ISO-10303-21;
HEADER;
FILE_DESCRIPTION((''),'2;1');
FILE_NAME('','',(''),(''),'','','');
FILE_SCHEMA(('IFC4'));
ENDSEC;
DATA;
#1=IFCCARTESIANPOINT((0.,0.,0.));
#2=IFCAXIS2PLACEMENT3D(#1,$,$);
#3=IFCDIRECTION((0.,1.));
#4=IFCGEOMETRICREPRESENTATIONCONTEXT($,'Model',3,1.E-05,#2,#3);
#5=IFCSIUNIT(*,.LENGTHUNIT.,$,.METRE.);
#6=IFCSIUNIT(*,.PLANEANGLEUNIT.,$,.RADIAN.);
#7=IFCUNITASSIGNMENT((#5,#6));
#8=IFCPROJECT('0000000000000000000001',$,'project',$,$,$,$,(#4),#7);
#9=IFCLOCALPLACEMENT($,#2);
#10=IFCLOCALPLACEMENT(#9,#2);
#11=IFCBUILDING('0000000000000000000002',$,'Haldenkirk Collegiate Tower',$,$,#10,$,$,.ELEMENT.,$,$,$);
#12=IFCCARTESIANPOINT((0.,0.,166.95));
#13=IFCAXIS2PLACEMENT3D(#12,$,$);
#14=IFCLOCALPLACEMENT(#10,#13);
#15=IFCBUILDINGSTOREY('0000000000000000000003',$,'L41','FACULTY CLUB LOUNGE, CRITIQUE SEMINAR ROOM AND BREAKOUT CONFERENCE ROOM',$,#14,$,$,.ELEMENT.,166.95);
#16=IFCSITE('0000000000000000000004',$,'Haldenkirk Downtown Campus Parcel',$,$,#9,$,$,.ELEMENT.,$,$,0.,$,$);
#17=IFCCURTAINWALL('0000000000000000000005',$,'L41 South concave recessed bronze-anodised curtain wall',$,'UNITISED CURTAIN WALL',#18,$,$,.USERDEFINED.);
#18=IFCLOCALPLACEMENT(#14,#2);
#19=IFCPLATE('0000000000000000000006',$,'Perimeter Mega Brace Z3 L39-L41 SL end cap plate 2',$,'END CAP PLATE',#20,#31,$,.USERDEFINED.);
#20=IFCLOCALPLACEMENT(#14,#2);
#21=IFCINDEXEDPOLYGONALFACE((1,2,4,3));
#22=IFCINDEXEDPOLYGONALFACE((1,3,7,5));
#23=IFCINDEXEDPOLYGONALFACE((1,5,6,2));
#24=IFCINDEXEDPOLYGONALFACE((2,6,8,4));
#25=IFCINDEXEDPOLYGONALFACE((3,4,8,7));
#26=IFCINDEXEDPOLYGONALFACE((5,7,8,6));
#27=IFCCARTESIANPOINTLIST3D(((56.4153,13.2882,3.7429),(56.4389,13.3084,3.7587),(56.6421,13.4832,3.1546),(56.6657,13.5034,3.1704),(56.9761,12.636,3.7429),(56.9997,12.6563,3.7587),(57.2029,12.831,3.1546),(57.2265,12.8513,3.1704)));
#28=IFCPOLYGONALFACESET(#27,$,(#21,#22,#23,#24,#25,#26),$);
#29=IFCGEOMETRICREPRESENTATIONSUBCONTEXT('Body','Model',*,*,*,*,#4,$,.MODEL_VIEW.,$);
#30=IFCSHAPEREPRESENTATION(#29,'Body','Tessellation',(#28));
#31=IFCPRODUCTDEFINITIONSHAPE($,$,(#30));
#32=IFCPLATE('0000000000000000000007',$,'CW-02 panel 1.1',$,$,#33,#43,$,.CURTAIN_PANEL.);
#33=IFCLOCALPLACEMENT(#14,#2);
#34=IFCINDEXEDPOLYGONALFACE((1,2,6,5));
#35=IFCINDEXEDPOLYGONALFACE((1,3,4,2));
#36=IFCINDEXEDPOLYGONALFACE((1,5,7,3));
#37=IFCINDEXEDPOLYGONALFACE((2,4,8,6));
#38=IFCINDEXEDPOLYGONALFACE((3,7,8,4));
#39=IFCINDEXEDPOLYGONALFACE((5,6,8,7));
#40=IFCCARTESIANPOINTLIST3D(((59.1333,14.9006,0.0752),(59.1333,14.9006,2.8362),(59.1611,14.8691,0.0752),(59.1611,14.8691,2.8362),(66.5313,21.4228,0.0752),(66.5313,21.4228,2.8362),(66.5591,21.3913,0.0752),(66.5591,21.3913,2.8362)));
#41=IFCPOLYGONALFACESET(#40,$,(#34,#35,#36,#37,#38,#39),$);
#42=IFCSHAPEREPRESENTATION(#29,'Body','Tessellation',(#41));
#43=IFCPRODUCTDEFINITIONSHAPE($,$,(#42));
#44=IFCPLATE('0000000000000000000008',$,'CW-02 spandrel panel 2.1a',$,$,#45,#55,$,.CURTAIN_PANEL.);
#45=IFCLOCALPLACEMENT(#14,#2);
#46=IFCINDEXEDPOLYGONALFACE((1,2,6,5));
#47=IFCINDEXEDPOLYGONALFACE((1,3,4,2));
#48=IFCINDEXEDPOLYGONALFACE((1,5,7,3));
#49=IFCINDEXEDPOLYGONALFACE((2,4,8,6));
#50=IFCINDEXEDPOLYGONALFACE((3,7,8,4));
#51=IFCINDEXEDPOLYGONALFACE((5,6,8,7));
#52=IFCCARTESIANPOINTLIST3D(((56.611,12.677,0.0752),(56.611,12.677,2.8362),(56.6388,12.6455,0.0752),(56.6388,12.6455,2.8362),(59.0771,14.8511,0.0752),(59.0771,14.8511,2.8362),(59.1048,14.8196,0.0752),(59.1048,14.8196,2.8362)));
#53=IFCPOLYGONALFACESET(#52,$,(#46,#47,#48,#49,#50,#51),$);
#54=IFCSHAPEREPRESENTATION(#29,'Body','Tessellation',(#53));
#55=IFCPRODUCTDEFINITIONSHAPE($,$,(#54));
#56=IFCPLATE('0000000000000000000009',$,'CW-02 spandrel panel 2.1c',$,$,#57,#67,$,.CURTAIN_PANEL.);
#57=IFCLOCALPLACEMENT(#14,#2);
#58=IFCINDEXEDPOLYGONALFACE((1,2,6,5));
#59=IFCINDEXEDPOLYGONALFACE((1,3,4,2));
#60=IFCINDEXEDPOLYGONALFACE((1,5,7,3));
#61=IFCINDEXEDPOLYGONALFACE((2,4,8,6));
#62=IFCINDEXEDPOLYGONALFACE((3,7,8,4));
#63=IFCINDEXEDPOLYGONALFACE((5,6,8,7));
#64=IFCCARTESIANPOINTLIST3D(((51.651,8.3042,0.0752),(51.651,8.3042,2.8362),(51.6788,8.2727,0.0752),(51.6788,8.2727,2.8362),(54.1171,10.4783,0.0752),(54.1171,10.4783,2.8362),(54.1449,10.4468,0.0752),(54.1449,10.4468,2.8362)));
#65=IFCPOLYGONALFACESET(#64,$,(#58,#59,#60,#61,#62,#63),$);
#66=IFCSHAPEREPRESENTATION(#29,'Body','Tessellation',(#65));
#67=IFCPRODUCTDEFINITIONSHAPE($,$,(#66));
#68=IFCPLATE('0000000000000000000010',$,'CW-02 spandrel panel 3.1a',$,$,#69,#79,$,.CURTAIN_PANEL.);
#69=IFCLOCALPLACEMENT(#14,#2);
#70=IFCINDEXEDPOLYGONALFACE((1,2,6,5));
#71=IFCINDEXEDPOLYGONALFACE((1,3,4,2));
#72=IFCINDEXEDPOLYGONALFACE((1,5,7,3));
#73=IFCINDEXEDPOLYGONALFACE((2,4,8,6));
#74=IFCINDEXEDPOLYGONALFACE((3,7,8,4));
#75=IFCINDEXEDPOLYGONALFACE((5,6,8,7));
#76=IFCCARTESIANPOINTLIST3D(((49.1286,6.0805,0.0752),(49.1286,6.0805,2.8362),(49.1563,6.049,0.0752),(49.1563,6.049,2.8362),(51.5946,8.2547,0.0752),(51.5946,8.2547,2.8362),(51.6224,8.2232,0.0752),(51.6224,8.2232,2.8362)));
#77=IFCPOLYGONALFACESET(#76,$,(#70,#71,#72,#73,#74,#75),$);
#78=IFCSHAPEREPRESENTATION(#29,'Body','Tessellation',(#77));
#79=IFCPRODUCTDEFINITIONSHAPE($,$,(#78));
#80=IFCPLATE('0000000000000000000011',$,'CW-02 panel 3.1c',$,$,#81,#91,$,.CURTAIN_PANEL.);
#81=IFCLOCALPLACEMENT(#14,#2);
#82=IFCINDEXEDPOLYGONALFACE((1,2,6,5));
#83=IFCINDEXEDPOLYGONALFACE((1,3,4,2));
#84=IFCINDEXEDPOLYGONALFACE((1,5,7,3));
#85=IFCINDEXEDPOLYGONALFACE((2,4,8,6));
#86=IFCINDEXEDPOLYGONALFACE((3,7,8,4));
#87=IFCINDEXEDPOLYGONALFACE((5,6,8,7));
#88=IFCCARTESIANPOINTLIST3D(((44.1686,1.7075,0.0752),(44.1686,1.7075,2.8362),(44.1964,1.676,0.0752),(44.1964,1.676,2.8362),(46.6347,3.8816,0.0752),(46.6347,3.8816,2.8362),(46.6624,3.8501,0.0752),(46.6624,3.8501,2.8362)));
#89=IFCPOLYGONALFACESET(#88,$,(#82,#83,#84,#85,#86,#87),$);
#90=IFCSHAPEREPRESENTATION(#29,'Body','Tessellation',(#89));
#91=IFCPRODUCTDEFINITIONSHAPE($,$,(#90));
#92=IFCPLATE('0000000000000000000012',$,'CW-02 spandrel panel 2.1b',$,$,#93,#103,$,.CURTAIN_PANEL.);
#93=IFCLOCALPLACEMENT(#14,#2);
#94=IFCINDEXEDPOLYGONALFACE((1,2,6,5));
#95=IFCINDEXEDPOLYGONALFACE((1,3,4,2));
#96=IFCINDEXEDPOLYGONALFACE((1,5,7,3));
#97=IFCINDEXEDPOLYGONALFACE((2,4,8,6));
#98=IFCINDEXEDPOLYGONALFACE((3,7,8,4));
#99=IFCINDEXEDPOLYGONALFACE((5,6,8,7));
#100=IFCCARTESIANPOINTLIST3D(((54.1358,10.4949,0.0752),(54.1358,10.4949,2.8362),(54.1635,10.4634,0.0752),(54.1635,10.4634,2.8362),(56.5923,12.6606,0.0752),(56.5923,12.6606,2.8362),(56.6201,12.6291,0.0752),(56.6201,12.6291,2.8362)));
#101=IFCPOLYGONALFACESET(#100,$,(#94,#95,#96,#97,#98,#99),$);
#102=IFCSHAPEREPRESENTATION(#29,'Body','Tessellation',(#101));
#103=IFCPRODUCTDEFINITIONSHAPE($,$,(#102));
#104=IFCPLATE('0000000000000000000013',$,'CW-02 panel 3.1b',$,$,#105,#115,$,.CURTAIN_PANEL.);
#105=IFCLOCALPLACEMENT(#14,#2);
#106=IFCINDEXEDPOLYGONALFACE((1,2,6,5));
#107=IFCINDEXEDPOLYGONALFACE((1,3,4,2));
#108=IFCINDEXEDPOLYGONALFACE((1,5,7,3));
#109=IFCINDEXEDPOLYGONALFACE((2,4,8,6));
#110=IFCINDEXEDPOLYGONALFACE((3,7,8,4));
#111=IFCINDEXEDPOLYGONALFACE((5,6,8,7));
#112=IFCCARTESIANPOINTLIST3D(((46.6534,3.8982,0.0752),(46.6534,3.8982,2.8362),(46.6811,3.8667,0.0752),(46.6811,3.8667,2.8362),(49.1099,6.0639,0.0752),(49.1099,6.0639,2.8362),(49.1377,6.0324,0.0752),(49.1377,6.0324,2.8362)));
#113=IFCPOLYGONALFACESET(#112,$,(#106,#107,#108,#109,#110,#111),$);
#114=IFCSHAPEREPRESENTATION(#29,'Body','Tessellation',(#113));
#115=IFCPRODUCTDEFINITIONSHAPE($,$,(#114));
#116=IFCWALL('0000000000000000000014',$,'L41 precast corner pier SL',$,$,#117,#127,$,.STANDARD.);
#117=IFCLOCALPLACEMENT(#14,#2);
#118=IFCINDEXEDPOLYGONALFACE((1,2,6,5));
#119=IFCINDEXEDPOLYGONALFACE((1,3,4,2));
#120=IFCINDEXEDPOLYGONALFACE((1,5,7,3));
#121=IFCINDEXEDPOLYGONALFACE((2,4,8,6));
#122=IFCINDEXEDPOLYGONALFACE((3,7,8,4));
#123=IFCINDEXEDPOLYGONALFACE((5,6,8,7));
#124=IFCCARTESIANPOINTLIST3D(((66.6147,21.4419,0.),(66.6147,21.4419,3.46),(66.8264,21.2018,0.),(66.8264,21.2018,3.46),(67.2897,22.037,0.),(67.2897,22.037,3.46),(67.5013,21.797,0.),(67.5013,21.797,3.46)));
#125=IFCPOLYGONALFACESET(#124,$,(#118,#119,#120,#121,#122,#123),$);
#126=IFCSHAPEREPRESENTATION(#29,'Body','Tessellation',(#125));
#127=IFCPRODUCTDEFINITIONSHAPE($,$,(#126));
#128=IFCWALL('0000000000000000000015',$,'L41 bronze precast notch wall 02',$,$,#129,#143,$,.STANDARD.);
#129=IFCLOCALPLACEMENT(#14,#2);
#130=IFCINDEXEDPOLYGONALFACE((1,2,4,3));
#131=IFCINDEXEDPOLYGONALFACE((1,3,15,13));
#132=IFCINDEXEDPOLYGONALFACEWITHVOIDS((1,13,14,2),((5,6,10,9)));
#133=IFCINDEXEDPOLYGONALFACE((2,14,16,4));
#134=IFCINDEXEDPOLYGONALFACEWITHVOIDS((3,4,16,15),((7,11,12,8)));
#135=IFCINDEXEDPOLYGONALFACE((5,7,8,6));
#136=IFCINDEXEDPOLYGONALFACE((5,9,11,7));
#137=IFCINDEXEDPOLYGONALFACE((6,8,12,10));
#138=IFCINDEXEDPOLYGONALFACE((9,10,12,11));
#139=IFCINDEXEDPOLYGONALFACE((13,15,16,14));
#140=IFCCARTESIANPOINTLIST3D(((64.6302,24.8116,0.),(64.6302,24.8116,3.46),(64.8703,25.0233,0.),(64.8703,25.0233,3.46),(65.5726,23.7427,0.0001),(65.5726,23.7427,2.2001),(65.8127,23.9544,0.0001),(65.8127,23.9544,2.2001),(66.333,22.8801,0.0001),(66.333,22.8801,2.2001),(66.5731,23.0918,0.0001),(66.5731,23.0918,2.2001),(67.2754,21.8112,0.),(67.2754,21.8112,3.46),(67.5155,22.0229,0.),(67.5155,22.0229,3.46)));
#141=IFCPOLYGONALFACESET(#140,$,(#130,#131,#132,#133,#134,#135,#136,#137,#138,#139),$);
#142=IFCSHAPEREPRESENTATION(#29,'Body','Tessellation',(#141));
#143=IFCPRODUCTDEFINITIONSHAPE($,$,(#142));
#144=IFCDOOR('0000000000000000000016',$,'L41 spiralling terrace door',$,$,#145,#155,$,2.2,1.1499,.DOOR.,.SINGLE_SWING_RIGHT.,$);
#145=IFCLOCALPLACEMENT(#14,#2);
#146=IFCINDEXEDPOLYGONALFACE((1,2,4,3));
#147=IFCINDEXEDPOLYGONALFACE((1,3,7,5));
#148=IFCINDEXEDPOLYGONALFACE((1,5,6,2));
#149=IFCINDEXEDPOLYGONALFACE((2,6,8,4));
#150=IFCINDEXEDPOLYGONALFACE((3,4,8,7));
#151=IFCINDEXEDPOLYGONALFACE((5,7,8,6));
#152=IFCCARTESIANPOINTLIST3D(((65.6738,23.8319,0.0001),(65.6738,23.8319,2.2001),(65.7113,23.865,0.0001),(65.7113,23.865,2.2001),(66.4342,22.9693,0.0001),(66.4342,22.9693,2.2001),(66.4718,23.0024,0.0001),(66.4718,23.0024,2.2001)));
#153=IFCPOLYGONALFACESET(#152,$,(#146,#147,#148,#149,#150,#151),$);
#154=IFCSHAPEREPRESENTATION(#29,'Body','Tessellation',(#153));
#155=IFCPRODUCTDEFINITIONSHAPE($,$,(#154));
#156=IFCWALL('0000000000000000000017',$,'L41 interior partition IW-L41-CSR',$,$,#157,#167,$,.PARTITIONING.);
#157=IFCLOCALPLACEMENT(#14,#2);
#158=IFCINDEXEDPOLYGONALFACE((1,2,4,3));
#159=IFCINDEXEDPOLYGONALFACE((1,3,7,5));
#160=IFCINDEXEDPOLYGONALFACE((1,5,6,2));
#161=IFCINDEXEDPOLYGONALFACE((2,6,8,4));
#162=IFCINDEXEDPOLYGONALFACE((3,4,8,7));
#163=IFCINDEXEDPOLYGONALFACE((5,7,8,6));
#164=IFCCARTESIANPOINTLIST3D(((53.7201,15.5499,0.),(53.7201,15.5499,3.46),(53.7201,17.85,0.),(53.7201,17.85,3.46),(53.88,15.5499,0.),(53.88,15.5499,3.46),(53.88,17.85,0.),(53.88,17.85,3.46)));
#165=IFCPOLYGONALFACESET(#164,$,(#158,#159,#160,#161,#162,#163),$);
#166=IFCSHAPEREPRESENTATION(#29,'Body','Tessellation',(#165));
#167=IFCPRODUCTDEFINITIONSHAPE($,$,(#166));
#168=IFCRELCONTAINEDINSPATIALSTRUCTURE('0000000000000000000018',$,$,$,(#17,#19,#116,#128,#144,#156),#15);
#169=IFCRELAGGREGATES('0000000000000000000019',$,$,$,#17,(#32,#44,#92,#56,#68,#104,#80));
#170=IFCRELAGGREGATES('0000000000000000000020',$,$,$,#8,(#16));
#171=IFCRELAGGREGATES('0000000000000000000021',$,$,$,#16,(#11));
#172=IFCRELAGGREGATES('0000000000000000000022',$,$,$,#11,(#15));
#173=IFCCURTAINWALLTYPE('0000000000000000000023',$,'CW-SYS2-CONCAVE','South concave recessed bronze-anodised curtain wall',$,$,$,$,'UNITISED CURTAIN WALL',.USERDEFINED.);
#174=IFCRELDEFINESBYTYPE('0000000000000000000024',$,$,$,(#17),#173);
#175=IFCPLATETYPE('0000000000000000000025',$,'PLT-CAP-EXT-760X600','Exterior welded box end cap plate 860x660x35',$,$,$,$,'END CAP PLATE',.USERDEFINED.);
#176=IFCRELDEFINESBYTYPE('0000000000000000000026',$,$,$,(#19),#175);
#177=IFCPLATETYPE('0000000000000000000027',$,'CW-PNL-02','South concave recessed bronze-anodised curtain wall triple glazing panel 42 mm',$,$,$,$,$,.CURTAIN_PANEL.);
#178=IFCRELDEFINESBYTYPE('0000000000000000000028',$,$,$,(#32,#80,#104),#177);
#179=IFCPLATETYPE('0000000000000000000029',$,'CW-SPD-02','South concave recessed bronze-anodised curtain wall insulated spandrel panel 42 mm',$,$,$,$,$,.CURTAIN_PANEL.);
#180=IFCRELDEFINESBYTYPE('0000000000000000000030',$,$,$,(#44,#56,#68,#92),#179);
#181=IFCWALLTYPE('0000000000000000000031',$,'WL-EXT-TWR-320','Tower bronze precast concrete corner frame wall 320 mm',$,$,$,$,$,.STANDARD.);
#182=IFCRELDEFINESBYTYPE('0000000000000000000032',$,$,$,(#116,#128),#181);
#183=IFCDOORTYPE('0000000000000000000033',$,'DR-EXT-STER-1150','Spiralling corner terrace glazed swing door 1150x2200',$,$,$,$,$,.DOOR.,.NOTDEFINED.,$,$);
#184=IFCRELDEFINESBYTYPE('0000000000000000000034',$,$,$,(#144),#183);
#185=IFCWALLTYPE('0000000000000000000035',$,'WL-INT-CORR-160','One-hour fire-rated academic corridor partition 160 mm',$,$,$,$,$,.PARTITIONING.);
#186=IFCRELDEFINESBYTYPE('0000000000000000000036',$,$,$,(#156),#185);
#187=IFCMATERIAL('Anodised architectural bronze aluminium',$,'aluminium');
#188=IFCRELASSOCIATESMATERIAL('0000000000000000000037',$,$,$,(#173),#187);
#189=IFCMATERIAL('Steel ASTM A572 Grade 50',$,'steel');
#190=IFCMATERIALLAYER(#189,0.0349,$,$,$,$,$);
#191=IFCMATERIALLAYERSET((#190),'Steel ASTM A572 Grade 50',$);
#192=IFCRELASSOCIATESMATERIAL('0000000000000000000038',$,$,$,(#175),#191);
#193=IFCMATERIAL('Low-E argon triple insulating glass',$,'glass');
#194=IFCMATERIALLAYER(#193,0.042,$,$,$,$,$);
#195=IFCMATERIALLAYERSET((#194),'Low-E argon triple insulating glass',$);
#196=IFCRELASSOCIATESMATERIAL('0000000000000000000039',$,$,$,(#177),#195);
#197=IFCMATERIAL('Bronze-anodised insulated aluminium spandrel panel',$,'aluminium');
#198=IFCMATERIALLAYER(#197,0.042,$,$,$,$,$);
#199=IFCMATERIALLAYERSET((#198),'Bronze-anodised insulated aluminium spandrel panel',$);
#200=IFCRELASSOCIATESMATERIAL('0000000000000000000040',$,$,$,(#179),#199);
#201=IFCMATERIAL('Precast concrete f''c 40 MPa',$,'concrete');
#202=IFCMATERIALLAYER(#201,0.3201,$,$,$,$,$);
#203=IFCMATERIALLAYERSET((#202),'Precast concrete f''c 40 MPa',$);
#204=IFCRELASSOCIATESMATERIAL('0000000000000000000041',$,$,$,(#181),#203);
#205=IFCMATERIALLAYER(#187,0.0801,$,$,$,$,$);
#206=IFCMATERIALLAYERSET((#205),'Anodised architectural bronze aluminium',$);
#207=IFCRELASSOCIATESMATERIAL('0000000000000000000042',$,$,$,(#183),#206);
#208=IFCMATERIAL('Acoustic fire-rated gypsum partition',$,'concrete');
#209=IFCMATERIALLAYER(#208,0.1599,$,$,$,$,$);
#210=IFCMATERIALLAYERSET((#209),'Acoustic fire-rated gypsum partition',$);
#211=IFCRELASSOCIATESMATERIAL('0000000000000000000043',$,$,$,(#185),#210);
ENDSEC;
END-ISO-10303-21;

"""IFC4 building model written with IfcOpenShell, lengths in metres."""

from ifc_helpers import new_model, si_unit, direction, frame, frame_2d, origin, origin_2d, place, context, subcontext, project, spatial, rectangle, extrude, source, transform, mapped, material, layer, layer_set, type_object, element, fill, aggregate, save


model = new_model("IFC4")

# Units and contexts
model_context = context("Model", 3, precision=1e-05, world=origin(), true_north=direction((0.0, 1.0)))
body_context = subcontext(model_context, "Body", "Model", "MODEL_VIEW")
ifc_project = project(units=[si_unit("LENGTHUNIT", "METRE"), si_unit("PLANEANGLEUNIT", "RADIAN")], contexts=[model_context])

# Site, building, storey
site_placement = place(None, origin())
site = spatial("IfcSite", under=ifc_project, at=site_placement, Name="Haldenkirk Downtown Campus Parcel", CompositionType="ELEMENT", RefElevation=0.0)
building_placement = place(site_placement, origin())
building = spatial("IfcBuilding", under=site, at=building_placement, Name="Haldenkirk Collegiate Tower", CompositionType="ELEMENT")
storey_placement = place(building_placement, frame((0.0, 0.0, 166.95)))
storey = spatial("IfcBuildingStorey", under=building, at=storey_placement, Name="L41", Description="FACULTY CLUB LOUNGE, CRITIQUE SEMINAR ROOM AND BREAKOUT CONFERENCE ROOM", CompositionType="ELEMENT", Elevation=166.95)

# Shared definitions
ifc_material_1 = material(Name="Steel ASTM A572 Grade 50", Category="steel")

# Curtain wall
ifc_material_2 = material(Name="Anodised architectural bronze aluminium", Category="aluminium")
curtain_wall_type = type_object("IfcCurtainWallType", Name="CW-SYS2-CONCAVE", Description="South concave recessed bronze-anodised curtain wall", ElementType="UNITISED CURTAIN WALL", PredefinedType="USERDEFINED", material=ifc_material_2)
curtain_wall_placement = place(storey_placement, origin())
curtain_wall = element("IfcCurtainWall", 1, at=curtain_wall_placement, inside=storey, type_object=curtain_wall_type, Name="L41 South concave recessed bronze-anodised curtain wall", ObjectType="UNITISED CURTAIN WALL", PredefinedType="USERDEFINED")

# Plates
ifc_layer_1 = layer(ifc_material_1, 0.0349)
ifc_layer_set_1 = layer_set([ifc_layer_1], Name="Steel ASTM A572 Grade 50")
plate_type_1 = type_object("IfcPlateType", Name="PLT-CAP-EXT-760X600", Description="Exterior welded box end cap plate 860x660x35", ElementType="END CAP PLATE", PredefinedType="USERDEFINED", material=ifc_layer_set_1)
shared_shape_1 = source(origin(), body_context, "Body", "SweptSolid", [
    extrude(rectangle(XDim=0.8601, YDim=0.6599, at=origin_2d()), origin(), (0.0, 0.0, 1.0), 0.0349),
])
plate_1_placement = place(storey_placement, frame((56.8091, 13.0596, 3.4487), z_axis=(0.675896, 0.581156, 0.453235), x_axis=(-0.651965, 0.758249, 0.0)))
element("IfcPlate", 2, at=plate_1_placement, inside=storey, type_object=plate_type_1, Name="Perimeter Mega Brace Z3 L39-L41 SL end cap plate 2", ObjectType="END CAP PLATE", PredefinedType="USERDEFINED", context=body_context, shape_type="MappedRepresentation", body=[
    mapped(shared_shape_1, transform((0.0, 0.0, 0.0), x_axis=(1.0, 0.0, 0.0), y_axis=(0.0, 1.0, 0.0), z_axis=(0.0, 0.0, 1.0), scale=1.0)),
])
ifc_material_3 = material(Name="Low-E argon triple insulating glass", Category="glass")
ifc_layer_2 = layer(ifc_material_3, 0.042)
ifc_layer_set_2 = layer_set([ifc_layer_2], Name="Low-E argon triple insulating glass")
plate_type_2 = type_object("IfcPlateType", Name="CW-PNL-02", Description="South concave recessed bronze-anodised curtain wall triple glazing panel 42 mm", PredefinedType="CURTAIN_PANEL", material=ifc_layer_set_2)
shared_shape_2 = source(origin(), body_context, "Body", "SweptSolid", [
    extrude(rectangle(XDim=9.8625, YDim=0.042, at=origin_2d()), origin(), (0.0, 0.0, 1.0), 2.761),
])
plate_2_placement = place(storey_placement, frame((62.8462, 18.146, 0.0752), z_axis=(0.0, 0.0, 1.0), x_axis=(-0.750112, -0.66131, 0.0)))
plate_2 = element("IfcPlate", 3, at=plate_2_placement, type_object=plate_type_2, Name="CW-02 panel 1.1", PredefinedType="CURTAIN_PANEL", context=body_context, shape_type="MappedRepresentation", body=[
    mapped(shared_shape_2, transform((0.0, 0.0, 0.0), x_axis=(1.0, 0.0, 0.0), y_axis=(0.0, 1.0, 0.0), z_axis=(0.0, 0.0, 1.0), scale=1.0)),
])
ifc_material_4 = material(Name="Bronze-anodised insulated aluminium spandrel panel", Category="aluminium")
ifc_layer_3 = layer(ifc_material_4, 0.042)
ifc_layer_set_3 = layer_set([ifc_layer_3], Name="Bronze-anodised insulated aluminium spandrel panel")
plate_type_3 = type_object("IfcPlateType", Name="CW-SPD-02", Description="South concave recessed bronze-anodised curtain wall insulated spandrel panel 42 mm", PredefinedType="CURTAIN_PANEL", material=ifc_layer_set_3)
shared_shape_3 = source(origin(), body_context, "Body", "SweptSolid", [
    extrude(rectangle(XDim=3.2876, YDim=0.042, at=origin_2d()), origin(), (0.0, 0.0, 1.0), 2.761),
])
plate_3_placement = place(storey_placement, frame((57.8579, 13.7483, 0.0752), z_axis=(0.0, 0.0, 1.0), x_axis=(-0.750112, -0.66131, 0.0)))
plate_3 = element("IfcPlate", 4, at=plate_3_placement, type_object=plate_type_3, Name="CW-02 spandrel panel 2.1a", PredefinedType="CURTAIN_PANEL", context=body_context, shape_type="MappedRepresentation", body=[
    mapped(shared_shape_3, transform((0.0, 0.0, 0.0), x_axis=(1.0, 0.0, 0.0), y_axis=(0.0, 1.0, 0.0), z_axis=(0.0, 0.0, 1.0), scale=1.0)),
])
plate_4_placement = place(storey_placement, frame((52.8979, 9.3755, 0.0752), z_axis=(0.0, 0.0, 1.0), x_axis=(-0.750112, -0.66131, 0.0)))
plate_4 = element("IfcPlate", 5, at=plate_4_placement, type_object=plate_type_3, Name="CW-02 spandrel panel 2.1c", PredefinedType="CURTAIN_PANEL", context=body_context, shape_type="MappedRepresentation", body=[
    mapped(shared_shape_3, transform((0.0, 0.0, 0.0), x_axis=(1.0, 0.0, 0.0), y_axis=(0.0, 1.0, 0.0), z_axis=(0.0, 0.0, 1.0), scale=1.0)),
])
plate_5_placement = place(storey_placement, frame((50.3755, 7.1519, 0.0752), z_axis=(0.0, 0.0, 1.0), x_axis=(-0.750112, -0.66131, 0.0)))
plate_5 = element("IfcPlate", 6, at=plate_5_placement, type_object=plate_type_3, Name="CW-02 spandrel panel 3.1a", PredefinedType="CURTAIN_PANEL", context=body_context, shape_type="MappedRepresentation", body=[
    mapped(shared_shape_3, transform((0.0, 0.0, 0.0), x_axis=(1.0, 0.0, 0.0), y_axis=(0.0, 1.0, 0.0), z_axis=(0.0, 0.0, 1.0), scale=1.0)),
])
plate_6_placement = place(storey_placement, frame((45.4155, 2.7788, 0.0752), z_axis=(0.0, 0.0, 1.0), x_axis=(-0.750112, -0.66131, 0.0)))
plate_6 = element("IfcPlate", 7, at=plate_6_placement, type_object=plate_type_2, Name="CW-02 panel 3.1c", PredefinedType="CURTAIN_PANEL", context=body_context, shape_type="MappedRepresentation", body=[
    mapped(shared_shape_3, transform((0.0, 0.0, 0.0), x_axis=(1.0, 0.0, 0.0), y_axis=(0.0, 1.0, 0.0), z_axis=(0.0, 0.0, 1.0), scale=1.0)),
])
shared_shape_4 = source(origin(), body_context, "Body", "SweptSolid", [
    extrude(rectangle(XDim=3.2749, YDim=0.042, at=origin_2d()), origin(), (0.0, 0.0, 1.0), 2.761),
])
plate_7_placement = place(storey_placement, frame((55.3779, 11.562, 0.0752), z_axis=(0.0, 0.0, 1.0), x_axis=(-0.750112, -0.66131, 0.0)))
plate_7 = element("IfcPlate", 8, at=plate_7_placement, type_object=plate_type_3, Name="CW-02 spandrel panel 2.1b", PredefinedType="CURTAIN_PANEL", context=body_context, shape_type="MappedRepresentation", body=[
    mapped(shared_shape_4, transform((0.0, 0.0, 0.0), x_axis=(1.0, 0.0, 0.0), y_axis=(0.0, 1.0, 0.0), z_axis=(0.0, 0.0, 1.0), scale=1.0)),
])
plate_8_placement = place(storey_placement, frame((47.8955, 4.9653, 0.0752), z_axis=(0.0, 0.0, 1.0), x_axis=(-0.750112, -0.66131, 0.0)))
plate_8 = element("IfcPlate", 9, at=plate_8_placement, type_object=plate_type_2, Name="CW-02 panel 3.1b", PredefinedType="CURTAIN_PANEL", context=body_context, shape_type="MappedRepresentation", body=[
    mapped(shared_shape_4, transform((0.0, 0.0, 0.0), x_axis=(1.0, 0.0, 0.0), y_axis=(0.0, 1.0, 0.0), z_axis=(0.0, 0.0, 1.0), scale=1.0)),
])
aggregate(curtain_wall, [plate_2, plate_3, plate_7, plate_4, plate_5, plate_8, plate_6])

# Wall
ifc_material_5 = material(Name="Precast concrete f'c 40 MPa", Category="concrete")
ifc_layer_4 = layer(ifc_material_5, 0.3201)
ifc_layer_set_4 = layer_set([ifc_layer_4], Name="Precast concrete f'c 40 MPa")
wall_type_1 = type_object("IfcWallType", Name="WL-EXT-TWR-320", Description="Tower bronze precast concrete corner frame wall 320 mm", PredefinedType="STANDARD", material=ifc_layer_set_4)
wall_1_placement = place(storey_placement, frame((67.3955, 21.917, 0.0), z_axis=(0.0, 0.0, 1.0), x_axis=(-0.750067, -0.661361, 0.0)))
element("IfcWall", 10, at=wall_1_placement, inside=storey, type_object=wall_type_1, Name="L41 precast corner pier SL", PredefinedType="STANDARD", context=body_context, shape_type="SweptSolid", body=[
    extrude(rectangle(XDim=0.8999, YDim=0.3201, at=frame_2d((0.45, 0.0))), origin(), (0.0, 0.0, 1.0), 3.46),
])

# Wall, opening, door
wall_2_placement = place(storey_placement, frame((64.7502, 24.9175, 0.0), z_axis=(0.0, 0.0, 1.0), x_axis=(0.661309, -0.750114, 0.0)))
wall_2 = element("IfcWall", 11, at=wall_2_placement, inside=storey, type_object=wall_type_1, Name="L41 bronze precast notch wall 02", PredefinedType="STANDARD", context=body_context, shape_type="SweptSolid", body=[
    extrude(rectangle(XDim=4.0, YDim=0.3201, at=frame_2d((2.0, 0.0))), origin(), (0.0, 0.0, 1.0), 3.46),
])
opening_1_placement = place(wall_2_placement, frame((1.425, 0.0, 0.0)))
opening_1 = element("IfcOpeningElement", 12, at=opening_1_placement, cuts=wall_2, PredefinedType="OPENING", context=body_context, shape_type="SweptSolid", body=[
    extrude(rectangle(XDim=1.1499, YDim=2.2, at=frame_2d((0.575, 1.1001))), frame((0.0, 0.1699, 0.0), z_axis=(0.0, -1.0, 0.0), x_axis=(1.0, 0.0, 0.0)), (0.0, 0.0, 1.0), 0.3401),
])
ifc_layer_5 = layer(ifc_material_2, 0.0801)
ifc_layer_set_5 = layer_set([ifc_layer_5], Name="Anodised architectural bronze aluminium")
door_type_1 = type_object("IfcDoorType", Name="DR-EXT-STER-1150", Description="Spiralling corner terrace glazed swing door 1150x2200", OperationType="NOTDEFINED", PredefinedType="DOOR", material=ifc_layer_set_5)
door_1_placement = place(opening_1_placement, origin())
door_1 = element("IfcDoor", 13, at=door_1_placement, inside=storey, type_object=door_type_1, Name="L41 spiralling terrace door", OperationType="SINGLE_SWING_RIGHT", OverallHeight=2.2, OverallWidth=1.1499, PredefinedType="DOOR", context=body_context, shape_type="SweptSolid", body=[
    extrude(rectangle(XDim=1.1499, YDim=2.2, at=frame_2d((0.575, 1.1001))), frame((0.0, 0.0249, 0.0), z_axis=(0.0, -1.0, 0.0), x_axis=(1.0, 0.0, 0.0)), (0.0, 0.0, 1.0), 0.05),
])
fill(opening_1, door_1)

# Wall
ifc_material_6 = material(Name="Acoustic fire-rated gypsum partition", Category="concrete")
ifc_layer_6 = layer(ifc_material_6, 0.1599)
ifc_layer_set_6 = layer_set([ifc_layer_6], Name="Acoustic fire-rated gypsum partition")
wall_type_2 = type_object("IfcWallType", Name="WL-INT-CORR-160", Description="One-hour fire-rated academic corridor partition 160 mm", PredefinedType="PARTITIONING", material=ifc_layer_set_6)
wall_3_placement = place(storey_placement, frame((53.8, 15.55, 0.0), z_axis=(0.0, 0.0, 1.0), x_axis=(0.0, 1.0, 0.0)))
element("IfcWall", 14, at=wall_3_placement, inside=storey, type_object=wall_type_2, Name="L41 interior partition IW-L41-CSR", PredefinedType="PARTITIONING", context=body_context, shape_type="SweptSolid", body=[
    extrude(rectangle(XDim=2.3, YDim=0.1599, at=frame_2d((1.1499, 0.0))), origin(), (0.0, 0.0, 1.0), 3.46),
])

save(model, "model.ifc")
